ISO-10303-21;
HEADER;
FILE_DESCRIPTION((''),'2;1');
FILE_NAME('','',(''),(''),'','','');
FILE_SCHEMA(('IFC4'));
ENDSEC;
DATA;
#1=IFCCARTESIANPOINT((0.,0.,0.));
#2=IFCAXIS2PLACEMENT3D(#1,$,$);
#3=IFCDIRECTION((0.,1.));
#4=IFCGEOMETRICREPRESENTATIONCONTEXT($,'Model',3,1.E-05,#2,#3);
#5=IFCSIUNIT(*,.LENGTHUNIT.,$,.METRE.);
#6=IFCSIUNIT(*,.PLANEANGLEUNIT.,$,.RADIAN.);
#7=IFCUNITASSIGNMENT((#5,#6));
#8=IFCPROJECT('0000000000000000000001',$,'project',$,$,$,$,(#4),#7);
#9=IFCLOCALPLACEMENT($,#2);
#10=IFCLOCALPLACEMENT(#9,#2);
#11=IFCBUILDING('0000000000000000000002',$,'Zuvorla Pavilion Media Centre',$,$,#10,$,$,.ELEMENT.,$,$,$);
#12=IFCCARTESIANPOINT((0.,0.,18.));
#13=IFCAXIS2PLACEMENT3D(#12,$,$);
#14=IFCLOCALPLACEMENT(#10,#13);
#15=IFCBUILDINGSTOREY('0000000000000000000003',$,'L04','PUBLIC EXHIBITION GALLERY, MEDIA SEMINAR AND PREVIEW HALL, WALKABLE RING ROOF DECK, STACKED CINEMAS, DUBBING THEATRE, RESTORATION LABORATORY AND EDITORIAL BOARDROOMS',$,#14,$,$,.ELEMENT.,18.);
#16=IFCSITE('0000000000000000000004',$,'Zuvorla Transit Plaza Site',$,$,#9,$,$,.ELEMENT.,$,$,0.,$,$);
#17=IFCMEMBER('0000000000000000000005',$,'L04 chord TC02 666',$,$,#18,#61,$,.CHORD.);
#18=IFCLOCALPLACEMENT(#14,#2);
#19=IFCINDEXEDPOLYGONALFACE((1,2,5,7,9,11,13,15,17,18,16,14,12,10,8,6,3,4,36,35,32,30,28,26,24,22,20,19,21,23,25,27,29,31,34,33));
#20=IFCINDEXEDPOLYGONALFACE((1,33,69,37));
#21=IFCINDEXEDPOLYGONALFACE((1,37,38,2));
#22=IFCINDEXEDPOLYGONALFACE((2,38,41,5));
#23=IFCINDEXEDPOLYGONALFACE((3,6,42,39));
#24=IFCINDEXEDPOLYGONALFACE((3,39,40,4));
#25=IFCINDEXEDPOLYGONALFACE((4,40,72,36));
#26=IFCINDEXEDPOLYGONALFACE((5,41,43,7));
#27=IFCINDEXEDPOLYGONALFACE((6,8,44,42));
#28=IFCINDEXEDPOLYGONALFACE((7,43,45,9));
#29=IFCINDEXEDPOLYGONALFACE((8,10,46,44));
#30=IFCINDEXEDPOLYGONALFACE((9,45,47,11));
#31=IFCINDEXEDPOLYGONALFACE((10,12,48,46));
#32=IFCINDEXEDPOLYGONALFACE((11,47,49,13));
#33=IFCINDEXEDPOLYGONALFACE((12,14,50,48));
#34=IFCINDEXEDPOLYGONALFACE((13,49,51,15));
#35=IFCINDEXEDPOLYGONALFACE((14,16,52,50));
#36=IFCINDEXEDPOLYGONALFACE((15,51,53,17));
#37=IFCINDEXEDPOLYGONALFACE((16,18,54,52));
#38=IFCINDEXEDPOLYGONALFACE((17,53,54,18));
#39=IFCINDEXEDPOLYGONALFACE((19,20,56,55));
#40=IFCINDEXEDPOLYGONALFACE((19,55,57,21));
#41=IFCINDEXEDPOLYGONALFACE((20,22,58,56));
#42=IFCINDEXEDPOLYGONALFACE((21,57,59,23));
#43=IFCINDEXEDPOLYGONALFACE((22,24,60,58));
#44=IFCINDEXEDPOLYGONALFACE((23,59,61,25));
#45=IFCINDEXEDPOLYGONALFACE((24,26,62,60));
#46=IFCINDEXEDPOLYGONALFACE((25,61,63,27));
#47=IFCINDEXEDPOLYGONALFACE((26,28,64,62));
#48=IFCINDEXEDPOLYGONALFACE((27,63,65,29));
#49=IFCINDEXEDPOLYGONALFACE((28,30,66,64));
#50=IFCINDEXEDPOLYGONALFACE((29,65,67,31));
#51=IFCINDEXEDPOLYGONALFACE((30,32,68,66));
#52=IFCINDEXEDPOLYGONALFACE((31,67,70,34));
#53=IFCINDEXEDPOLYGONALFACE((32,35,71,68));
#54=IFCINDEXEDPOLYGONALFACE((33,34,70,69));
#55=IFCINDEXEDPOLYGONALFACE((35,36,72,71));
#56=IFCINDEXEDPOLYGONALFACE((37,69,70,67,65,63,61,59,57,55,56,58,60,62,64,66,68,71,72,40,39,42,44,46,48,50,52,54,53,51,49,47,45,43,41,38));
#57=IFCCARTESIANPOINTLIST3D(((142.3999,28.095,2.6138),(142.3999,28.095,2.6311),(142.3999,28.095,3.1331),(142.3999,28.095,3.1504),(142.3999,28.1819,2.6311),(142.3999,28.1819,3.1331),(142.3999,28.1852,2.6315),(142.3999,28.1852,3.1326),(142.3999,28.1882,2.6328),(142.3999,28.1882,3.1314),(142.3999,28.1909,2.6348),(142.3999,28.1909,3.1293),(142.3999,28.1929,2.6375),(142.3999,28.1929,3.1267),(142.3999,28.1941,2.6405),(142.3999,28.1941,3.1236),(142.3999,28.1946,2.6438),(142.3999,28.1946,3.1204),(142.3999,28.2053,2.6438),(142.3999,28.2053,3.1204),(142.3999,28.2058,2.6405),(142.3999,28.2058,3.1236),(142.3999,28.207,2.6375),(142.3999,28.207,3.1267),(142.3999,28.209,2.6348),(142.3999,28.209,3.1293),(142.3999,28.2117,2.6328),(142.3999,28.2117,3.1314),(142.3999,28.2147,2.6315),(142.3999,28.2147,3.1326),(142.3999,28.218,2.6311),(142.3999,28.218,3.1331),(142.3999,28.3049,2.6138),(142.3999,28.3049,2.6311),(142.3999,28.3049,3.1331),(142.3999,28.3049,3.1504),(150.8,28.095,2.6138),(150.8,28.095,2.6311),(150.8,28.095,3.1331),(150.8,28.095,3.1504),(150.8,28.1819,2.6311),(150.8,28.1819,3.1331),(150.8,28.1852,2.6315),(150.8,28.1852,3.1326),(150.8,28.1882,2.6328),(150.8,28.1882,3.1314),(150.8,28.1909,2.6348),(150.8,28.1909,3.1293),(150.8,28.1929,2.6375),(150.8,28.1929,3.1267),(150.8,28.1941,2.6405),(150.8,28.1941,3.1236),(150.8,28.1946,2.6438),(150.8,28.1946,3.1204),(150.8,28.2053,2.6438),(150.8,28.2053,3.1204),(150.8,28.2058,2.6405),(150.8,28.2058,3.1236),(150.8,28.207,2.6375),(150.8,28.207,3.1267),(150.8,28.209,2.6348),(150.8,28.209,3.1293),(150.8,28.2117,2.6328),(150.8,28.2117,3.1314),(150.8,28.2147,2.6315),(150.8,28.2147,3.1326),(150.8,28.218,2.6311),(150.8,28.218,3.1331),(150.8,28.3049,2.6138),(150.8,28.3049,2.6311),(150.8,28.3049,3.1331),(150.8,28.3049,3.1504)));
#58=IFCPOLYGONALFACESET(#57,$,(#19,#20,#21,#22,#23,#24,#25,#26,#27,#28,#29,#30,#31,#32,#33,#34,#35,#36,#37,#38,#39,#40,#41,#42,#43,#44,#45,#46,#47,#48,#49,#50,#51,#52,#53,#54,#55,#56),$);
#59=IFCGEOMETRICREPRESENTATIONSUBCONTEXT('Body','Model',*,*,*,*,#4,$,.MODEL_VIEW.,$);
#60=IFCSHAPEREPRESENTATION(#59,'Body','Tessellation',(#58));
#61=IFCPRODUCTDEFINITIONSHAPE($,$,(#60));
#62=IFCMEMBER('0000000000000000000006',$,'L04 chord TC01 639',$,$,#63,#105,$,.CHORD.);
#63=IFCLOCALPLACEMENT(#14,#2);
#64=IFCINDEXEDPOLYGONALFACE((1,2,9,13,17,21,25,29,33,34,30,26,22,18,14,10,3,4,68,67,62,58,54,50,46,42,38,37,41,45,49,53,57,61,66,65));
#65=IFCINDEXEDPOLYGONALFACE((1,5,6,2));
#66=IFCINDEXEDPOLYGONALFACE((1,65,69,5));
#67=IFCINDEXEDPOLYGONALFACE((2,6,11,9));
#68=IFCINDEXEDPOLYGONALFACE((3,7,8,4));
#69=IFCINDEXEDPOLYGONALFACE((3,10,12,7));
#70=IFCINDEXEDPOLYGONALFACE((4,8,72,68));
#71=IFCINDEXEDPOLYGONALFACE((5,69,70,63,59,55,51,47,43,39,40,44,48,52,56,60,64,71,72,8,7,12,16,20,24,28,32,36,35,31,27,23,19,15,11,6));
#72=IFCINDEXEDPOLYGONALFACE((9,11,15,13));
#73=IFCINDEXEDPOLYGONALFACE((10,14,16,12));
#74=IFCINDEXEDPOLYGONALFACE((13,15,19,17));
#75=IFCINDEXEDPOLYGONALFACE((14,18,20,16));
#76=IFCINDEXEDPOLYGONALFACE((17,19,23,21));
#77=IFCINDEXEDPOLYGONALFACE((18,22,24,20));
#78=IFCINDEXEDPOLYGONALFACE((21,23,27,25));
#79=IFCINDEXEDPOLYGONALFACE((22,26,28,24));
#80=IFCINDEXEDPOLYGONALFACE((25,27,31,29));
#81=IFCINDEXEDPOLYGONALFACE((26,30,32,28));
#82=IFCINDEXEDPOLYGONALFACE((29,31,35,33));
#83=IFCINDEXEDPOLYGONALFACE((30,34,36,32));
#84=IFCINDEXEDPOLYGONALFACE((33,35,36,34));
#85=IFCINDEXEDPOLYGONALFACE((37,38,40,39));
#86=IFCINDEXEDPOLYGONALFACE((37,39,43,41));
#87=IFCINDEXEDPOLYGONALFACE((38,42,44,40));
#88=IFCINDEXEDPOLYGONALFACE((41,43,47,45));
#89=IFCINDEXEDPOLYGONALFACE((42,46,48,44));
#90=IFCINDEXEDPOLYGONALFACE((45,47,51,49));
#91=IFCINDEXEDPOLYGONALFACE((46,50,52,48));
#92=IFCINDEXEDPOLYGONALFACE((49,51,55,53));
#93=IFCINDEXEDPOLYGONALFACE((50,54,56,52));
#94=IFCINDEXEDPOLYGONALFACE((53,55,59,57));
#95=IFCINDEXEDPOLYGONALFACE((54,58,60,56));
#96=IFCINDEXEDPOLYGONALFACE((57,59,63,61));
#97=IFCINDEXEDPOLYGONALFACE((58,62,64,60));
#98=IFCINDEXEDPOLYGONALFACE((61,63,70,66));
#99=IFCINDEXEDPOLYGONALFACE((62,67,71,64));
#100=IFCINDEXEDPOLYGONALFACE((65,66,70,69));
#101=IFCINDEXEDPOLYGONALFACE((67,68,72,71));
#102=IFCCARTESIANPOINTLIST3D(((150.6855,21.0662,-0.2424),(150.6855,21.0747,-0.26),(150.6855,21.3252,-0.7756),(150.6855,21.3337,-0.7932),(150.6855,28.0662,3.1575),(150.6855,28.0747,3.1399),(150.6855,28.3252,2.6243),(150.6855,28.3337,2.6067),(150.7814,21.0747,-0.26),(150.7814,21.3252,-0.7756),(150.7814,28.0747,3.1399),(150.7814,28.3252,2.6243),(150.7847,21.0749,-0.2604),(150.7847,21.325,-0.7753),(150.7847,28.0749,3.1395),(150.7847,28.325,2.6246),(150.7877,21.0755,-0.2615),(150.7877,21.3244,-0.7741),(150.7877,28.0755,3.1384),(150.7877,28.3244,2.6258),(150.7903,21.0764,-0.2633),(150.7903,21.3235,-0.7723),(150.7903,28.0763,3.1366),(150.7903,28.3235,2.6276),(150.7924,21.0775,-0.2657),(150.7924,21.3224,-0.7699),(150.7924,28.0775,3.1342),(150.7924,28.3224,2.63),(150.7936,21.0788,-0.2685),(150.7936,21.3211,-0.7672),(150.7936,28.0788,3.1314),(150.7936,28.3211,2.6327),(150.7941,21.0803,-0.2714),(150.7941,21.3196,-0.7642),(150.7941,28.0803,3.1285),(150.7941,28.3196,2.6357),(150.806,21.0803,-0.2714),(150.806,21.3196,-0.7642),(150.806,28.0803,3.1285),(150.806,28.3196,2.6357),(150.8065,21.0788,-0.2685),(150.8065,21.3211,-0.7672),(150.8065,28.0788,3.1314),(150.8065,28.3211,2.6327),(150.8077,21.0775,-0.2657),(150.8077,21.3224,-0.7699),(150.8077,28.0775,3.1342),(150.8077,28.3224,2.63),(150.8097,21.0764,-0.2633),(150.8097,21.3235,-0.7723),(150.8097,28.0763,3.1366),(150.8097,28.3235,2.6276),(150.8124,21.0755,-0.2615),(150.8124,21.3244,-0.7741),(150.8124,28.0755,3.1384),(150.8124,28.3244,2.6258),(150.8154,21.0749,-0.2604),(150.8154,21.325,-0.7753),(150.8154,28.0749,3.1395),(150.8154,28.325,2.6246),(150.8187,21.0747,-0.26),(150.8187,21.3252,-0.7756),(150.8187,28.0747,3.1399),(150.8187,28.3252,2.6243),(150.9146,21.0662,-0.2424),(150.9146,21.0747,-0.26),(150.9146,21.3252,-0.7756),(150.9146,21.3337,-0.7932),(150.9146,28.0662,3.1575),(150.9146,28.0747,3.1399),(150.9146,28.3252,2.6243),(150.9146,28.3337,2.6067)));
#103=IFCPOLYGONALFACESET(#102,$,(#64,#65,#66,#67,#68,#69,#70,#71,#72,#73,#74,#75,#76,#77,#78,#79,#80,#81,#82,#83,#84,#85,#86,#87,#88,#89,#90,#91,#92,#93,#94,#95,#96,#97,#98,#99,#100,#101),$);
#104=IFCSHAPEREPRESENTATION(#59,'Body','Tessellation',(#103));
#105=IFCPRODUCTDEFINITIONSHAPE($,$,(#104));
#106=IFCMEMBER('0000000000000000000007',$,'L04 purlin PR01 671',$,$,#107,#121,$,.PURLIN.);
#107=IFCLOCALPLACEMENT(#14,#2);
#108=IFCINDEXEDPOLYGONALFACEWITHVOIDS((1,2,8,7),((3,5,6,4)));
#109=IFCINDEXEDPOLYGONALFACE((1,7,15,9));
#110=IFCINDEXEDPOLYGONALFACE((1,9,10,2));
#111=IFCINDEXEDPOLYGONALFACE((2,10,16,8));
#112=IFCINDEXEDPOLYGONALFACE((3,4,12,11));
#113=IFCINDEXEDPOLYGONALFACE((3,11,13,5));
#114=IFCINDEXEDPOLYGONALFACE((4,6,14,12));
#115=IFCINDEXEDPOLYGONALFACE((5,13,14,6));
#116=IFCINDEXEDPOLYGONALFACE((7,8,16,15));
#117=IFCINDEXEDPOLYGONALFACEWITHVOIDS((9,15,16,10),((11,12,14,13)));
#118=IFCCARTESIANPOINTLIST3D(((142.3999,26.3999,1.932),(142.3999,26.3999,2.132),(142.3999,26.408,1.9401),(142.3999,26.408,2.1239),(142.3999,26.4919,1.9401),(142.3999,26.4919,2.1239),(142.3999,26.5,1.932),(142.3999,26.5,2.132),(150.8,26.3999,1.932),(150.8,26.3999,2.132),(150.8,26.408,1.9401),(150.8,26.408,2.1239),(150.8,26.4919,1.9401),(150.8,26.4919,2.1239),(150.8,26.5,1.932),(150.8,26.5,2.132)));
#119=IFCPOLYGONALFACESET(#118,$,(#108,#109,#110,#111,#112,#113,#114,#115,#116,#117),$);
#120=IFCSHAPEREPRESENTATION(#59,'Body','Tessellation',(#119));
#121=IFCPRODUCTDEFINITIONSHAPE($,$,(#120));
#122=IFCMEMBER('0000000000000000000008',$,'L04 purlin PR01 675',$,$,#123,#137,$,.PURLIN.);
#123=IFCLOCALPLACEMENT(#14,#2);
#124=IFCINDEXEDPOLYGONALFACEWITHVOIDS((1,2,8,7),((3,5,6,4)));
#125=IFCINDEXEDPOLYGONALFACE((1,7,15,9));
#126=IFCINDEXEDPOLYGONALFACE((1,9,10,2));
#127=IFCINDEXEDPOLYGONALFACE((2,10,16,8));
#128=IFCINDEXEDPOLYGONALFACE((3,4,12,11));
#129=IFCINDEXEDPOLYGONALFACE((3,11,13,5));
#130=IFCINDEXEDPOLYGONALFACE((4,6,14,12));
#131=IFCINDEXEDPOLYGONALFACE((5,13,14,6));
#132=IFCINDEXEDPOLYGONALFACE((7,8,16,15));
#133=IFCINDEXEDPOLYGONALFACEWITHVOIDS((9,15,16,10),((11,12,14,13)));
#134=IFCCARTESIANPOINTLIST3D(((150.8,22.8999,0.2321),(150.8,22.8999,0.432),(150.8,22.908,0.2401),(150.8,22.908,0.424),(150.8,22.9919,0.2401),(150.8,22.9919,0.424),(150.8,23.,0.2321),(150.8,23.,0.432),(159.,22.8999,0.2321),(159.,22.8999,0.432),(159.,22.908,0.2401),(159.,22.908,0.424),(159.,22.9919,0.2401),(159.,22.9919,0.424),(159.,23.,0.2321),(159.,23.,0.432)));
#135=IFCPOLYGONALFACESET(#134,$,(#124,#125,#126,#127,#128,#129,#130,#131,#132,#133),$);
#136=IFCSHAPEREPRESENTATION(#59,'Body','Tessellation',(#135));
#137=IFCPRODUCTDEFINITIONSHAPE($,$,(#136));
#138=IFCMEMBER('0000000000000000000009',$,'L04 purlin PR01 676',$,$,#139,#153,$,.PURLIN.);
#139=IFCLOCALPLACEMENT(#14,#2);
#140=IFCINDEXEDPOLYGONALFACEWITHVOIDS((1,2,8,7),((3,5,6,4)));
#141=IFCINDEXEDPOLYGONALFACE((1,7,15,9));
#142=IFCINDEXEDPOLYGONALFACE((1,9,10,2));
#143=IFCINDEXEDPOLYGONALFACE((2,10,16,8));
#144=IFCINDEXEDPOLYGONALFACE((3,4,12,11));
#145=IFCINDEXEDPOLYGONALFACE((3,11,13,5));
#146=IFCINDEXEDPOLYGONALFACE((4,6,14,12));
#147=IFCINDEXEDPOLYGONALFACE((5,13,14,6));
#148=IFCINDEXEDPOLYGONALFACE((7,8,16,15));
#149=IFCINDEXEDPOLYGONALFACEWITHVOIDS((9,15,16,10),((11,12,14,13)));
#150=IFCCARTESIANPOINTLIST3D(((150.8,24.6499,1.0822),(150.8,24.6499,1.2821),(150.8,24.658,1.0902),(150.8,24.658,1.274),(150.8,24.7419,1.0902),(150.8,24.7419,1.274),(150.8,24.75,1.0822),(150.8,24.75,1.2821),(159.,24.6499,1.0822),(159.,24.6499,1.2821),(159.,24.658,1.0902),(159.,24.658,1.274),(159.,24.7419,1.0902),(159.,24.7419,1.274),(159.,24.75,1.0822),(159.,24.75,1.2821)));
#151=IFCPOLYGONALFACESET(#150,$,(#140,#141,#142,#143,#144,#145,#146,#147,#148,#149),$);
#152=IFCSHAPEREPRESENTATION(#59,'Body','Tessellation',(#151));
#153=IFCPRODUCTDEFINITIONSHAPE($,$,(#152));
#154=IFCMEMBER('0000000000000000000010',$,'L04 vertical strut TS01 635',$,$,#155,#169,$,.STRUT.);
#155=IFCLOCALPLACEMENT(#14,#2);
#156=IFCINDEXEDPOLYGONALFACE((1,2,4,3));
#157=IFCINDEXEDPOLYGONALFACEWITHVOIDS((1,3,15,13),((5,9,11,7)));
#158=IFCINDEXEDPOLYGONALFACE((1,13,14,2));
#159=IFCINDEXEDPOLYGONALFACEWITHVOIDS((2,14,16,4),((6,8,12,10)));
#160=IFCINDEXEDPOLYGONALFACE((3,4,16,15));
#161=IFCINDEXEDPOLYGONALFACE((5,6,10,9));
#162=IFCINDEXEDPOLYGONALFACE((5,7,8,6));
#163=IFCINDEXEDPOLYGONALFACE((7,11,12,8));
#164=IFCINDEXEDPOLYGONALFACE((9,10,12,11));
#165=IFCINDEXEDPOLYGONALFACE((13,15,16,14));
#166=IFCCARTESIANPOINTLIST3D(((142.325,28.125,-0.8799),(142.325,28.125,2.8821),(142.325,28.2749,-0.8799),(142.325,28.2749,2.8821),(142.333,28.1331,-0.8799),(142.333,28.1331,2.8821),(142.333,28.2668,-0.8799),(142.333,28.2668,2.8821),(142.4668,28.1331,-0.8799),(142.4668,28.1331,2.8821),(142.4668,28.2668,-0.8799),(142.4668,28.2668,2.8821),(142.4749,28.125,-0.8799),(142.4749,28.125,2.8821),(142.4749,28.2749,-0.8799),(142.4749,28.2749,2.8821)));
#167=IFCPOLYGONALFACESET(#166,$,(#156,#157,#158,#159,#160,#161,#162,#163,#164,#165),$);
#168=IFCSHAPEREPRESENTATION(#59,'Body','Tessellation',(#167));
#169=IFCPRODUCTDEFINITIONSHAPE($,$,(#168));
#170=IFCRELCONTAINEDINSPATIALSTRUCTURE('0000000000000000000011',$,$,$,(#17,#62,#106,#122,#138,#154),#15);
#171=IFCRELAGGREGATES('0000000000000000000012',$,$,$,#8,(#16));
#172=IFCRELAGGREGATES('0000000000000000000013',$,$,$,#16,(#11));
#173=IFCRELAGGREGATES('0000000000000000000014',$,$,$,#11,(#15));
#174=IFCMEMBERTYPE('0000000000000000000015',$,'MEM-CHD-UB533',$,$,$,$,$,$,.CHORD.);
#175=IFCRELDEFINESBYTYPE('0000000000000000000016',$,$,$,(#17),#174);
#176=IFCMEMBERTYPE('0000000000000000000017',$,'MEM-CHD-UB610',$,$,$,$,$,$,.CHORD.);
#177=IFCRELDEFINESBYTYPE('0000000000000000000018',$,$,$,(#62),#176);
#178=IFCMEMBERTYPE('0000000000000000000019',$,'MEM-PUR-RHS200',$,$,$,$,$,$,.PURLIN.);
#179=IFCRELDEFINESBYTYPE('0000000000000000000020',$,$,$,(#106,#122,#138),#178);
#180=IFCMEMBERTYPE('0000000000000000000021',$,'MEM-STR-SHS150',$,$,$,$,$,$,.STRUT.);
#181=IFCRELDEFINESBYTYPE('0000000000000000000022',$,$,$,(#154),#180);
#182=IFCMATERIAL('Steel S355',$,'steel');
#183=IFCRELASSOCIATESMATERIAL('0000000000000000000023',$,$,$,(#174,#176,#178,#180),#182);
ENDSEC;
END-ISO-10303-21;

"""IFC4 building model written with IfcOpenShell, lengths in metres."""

from ifc_helpers import new_model, si_unit, direction, frame, origin, origin_2d, place, context, subcontext, project, spatial, hollow_rectangle, i_section, extrude, material, material_profile, profile_set, type_object, element, save


model = new_model("IFC4")

# Units and contexts
model_context = context("Model", 3, precision=1e-05, world=origin(), true_north=direction((0.0, 1.0)))
body_context = subcontext(model_context, "Body", "Model", "MODEL_VIEW")
ifc_project = project(units=[si_unit("LENGTHUNIT", "METRE"), si_unit("PLANEANGLEUNIT", "RADIAN")], contexts=[model_context])

# Site, building, storey
site_placement = place(None, origin())
site = spatial("IfcSite", under=ifc_project, at=site_placement, Name="Zuvorla Transit Plaza Site", CompositionType="ELEMENT", RefElevation=0.0)
building_placement = place(site_placement, origin())
building = spatial("IfcBuilding", under=site, at=building_placement, Name="Zuvorla Pavilion Media Centre", CompositionType="ELEMENT")
storey_placement = place(building_placement, frame((0.0, 0.0, 18.0)))
storey = spatial("IfcBuildingStorey", under=building, at=storey_placement, Name="L04", Description="PUBLIC EXHIBITION GALLERY, MEDIA SEMINAR AND PREVIEW HALL, WALKABLE RING ROOF DECK, STACKED CINEMAS, DUBBING THEATRE, RESTORATION LABORATORY AND EDITORIAL BOARDROOMS", CompositionType="ELEMENT", Elevation=18.0)

# Shared definitions
ifc_material_1 = material(Name="Steel S355", Category="steel")

# Members
ifc_material_profile_1 = material_profile(ifc_material_1, i_section(OverallWidth=0.21, OverallDepth=0.5366, WebThickness=0.0107, FlangeThickness=0.0173, FilletRadius=0.0127, at=origin_2d()), Name="UB 533x210x101")
ifc_profile_set_1 = profile_set([ifc_material_profile_1], Name="Steel S355")
member_type_1 = type_object("IfcMemberType", Name="MEM-CHD-UB533", PredefinedType="CHORD", material=ifc_profile_set_1)
member_1_placement = place(storey_placement, frame((142.3999, 28.2, 2.8821), z_axis=(1.0, 0.0, 0.0), x_axis=(0.0, 1.0, 0.0)))
element("IfcMember", 1, at=member_1_placement, inside=storey, type_object=member_type_1, Name="L04 chord TC02 666", PredefinedType="CHORD", context=body_context, shape_type="SweptSolid", body=[
    extrude(i_section(OverallWidth=0.21, OverallDepth=0.5366, WebThickness=0.0107, FlangeThickness=0.0173, FilletRadius=0.0127, at=origin_2d()), origin(), (0.0, 0.0, 1.0), 8.4001),
])
ifc_material_profile_2 = material_profile(ifc_material_1, i_section(OverallWidth=0.229, OverallDepth=0.6123, WebThickness=0.012, FlangeThickness=0.0195, FilletRadius=0.0127, at=origin_2d()), Name="UB 610x229x125")
ifc_profile_set_2 = profile_set([ifc_material_profile_2], Name="Steel S355")
member_type_2 = type_object("IfcMemberType", Name="MEM-CHD-UB610", PredefinedType="CHORD", material=ifc_profile_set_2)
member_2_placement = place(storey_placement, frame((150.8, 21.2, -0.5178), z_axis=(0.0, 0.899513, 0.436894), x_axis=(-1.0, 0.0, 0.0)))
element("IfcMember", 2, at=member_2_placement, inside=storey, type_object=member_type_2, Name="L04 chord TC01 639", PredefinedType="CHORD", context=body_context, shape_type="SweptSolid", body=[
    extrude(i_section(OverallWidth=0.229, OverallDepth=0.6123, WebThickness=0.012, FlangeThickness=0.0195, FilletRadius=0.0127, at=origin_2d()), origin(), (0.0, 0.0, 1.0), 7.782),
])
ifc_material_profile_3 = material_profile(ifc_material_1, hollow_rectangle(XDim=0.1001, YDim=0.2, WallThickness=0.0081, at=origin_2d()), Name="RHS 200x100x8")
ifc_profile_set_3 = profile_set([ifc_material_profile_3], Name="Steel S355")
member_type_3 = type_object("IfcMemberType", Name="MEM-PUR-RHS200", PredefinedType="PURLIN", material=ifc_profile_set_3)
member_3_placement = place(storey_placement, frame((142.3999, 26.45, 2.032), z_axis=(1.0, 0.0, 0.0), x_axis=(0.0, 1.0, 0.0)))
element("IfcMember", 3, at=member_3_placement, inside=storey, type_object=member_type_3, Name="L04 purlin PR01 671", PredefinedType="PURLIN", context=body_context, shape_type="SweptSolid", body=[
    extrude(hollow_rectangle(XDim=0.1001, YDim=0.2, WallThickness=0.0081, at=origin_2d()), origin(), (0.0, 0.0, 1.0), 8.4001),
])
for number, where, z_axis, x_axis, name in (
    (4, (150.8, 22.95, 0.332), (1.0, 0.0, 0.0), (0.0, 1.0, 0.0), "L04 purlin PR01 675"),
    (5, (150.8, 24.7, 1.1821), (1.0, 0.0, 0.0), (0.0, 1.0, 0.0), "L04 purlin PR01 676"),
):
    element("IfcMember", number, at=place(storey_placement, frame(where, z_axis=z_axis, x_axis=x_axis)), inside=storey, type_object=member_type_3, Name=name, PredefinedType="PURLIN", context=body_context, shape_type="SweptSolid", body=[
        extrude(hollow_rectangle(XDim=0.1001, YDim=0.2, WallThickness=0.0081, at=origin_2d()), origin(), (0.0, 0.0, 1.0), 8.2),
    ])
ifc_material_profile_4 = material_profile(ifc_material_1, hollow_rectangle(XDim=0.1499, YDim=0.1499, WallThickness=0.0081, at=origin_2d()), Name="SHS 150x150x8")
ifc_profile_set_4 = profile_set([ifc_material_profile_4], Name="Steel S355")
member_type_4 = type_object("IfcMemberType", Name="MEM-STR-SHS150", PredefinedType="STRUT", material=ifc_profile_set_4)
member_4_placement = place(storey_placement, frame((142.3999, 28.2, -0.8799), z_axis=(0.0, 0.0, 1.0), x_axis=(1.0, 0.0, 0.0)))
element("IfcMember", 6, at=member_4_placement, inside=storey, type_object=member_type_4, Name="L04 vertical strut TS01 635", PredefinedType="STRUT", context=body_context, shape_type="SweptSolid", body=[
    extrude(hollow_rectangle(XDim=0.1499, YDim=0.1499, WallThickness=0.0081, at=origin_2d()), origin(), (0.0, 0.0, 1.0), 3.762),
])

save(model, "model.ifc")
